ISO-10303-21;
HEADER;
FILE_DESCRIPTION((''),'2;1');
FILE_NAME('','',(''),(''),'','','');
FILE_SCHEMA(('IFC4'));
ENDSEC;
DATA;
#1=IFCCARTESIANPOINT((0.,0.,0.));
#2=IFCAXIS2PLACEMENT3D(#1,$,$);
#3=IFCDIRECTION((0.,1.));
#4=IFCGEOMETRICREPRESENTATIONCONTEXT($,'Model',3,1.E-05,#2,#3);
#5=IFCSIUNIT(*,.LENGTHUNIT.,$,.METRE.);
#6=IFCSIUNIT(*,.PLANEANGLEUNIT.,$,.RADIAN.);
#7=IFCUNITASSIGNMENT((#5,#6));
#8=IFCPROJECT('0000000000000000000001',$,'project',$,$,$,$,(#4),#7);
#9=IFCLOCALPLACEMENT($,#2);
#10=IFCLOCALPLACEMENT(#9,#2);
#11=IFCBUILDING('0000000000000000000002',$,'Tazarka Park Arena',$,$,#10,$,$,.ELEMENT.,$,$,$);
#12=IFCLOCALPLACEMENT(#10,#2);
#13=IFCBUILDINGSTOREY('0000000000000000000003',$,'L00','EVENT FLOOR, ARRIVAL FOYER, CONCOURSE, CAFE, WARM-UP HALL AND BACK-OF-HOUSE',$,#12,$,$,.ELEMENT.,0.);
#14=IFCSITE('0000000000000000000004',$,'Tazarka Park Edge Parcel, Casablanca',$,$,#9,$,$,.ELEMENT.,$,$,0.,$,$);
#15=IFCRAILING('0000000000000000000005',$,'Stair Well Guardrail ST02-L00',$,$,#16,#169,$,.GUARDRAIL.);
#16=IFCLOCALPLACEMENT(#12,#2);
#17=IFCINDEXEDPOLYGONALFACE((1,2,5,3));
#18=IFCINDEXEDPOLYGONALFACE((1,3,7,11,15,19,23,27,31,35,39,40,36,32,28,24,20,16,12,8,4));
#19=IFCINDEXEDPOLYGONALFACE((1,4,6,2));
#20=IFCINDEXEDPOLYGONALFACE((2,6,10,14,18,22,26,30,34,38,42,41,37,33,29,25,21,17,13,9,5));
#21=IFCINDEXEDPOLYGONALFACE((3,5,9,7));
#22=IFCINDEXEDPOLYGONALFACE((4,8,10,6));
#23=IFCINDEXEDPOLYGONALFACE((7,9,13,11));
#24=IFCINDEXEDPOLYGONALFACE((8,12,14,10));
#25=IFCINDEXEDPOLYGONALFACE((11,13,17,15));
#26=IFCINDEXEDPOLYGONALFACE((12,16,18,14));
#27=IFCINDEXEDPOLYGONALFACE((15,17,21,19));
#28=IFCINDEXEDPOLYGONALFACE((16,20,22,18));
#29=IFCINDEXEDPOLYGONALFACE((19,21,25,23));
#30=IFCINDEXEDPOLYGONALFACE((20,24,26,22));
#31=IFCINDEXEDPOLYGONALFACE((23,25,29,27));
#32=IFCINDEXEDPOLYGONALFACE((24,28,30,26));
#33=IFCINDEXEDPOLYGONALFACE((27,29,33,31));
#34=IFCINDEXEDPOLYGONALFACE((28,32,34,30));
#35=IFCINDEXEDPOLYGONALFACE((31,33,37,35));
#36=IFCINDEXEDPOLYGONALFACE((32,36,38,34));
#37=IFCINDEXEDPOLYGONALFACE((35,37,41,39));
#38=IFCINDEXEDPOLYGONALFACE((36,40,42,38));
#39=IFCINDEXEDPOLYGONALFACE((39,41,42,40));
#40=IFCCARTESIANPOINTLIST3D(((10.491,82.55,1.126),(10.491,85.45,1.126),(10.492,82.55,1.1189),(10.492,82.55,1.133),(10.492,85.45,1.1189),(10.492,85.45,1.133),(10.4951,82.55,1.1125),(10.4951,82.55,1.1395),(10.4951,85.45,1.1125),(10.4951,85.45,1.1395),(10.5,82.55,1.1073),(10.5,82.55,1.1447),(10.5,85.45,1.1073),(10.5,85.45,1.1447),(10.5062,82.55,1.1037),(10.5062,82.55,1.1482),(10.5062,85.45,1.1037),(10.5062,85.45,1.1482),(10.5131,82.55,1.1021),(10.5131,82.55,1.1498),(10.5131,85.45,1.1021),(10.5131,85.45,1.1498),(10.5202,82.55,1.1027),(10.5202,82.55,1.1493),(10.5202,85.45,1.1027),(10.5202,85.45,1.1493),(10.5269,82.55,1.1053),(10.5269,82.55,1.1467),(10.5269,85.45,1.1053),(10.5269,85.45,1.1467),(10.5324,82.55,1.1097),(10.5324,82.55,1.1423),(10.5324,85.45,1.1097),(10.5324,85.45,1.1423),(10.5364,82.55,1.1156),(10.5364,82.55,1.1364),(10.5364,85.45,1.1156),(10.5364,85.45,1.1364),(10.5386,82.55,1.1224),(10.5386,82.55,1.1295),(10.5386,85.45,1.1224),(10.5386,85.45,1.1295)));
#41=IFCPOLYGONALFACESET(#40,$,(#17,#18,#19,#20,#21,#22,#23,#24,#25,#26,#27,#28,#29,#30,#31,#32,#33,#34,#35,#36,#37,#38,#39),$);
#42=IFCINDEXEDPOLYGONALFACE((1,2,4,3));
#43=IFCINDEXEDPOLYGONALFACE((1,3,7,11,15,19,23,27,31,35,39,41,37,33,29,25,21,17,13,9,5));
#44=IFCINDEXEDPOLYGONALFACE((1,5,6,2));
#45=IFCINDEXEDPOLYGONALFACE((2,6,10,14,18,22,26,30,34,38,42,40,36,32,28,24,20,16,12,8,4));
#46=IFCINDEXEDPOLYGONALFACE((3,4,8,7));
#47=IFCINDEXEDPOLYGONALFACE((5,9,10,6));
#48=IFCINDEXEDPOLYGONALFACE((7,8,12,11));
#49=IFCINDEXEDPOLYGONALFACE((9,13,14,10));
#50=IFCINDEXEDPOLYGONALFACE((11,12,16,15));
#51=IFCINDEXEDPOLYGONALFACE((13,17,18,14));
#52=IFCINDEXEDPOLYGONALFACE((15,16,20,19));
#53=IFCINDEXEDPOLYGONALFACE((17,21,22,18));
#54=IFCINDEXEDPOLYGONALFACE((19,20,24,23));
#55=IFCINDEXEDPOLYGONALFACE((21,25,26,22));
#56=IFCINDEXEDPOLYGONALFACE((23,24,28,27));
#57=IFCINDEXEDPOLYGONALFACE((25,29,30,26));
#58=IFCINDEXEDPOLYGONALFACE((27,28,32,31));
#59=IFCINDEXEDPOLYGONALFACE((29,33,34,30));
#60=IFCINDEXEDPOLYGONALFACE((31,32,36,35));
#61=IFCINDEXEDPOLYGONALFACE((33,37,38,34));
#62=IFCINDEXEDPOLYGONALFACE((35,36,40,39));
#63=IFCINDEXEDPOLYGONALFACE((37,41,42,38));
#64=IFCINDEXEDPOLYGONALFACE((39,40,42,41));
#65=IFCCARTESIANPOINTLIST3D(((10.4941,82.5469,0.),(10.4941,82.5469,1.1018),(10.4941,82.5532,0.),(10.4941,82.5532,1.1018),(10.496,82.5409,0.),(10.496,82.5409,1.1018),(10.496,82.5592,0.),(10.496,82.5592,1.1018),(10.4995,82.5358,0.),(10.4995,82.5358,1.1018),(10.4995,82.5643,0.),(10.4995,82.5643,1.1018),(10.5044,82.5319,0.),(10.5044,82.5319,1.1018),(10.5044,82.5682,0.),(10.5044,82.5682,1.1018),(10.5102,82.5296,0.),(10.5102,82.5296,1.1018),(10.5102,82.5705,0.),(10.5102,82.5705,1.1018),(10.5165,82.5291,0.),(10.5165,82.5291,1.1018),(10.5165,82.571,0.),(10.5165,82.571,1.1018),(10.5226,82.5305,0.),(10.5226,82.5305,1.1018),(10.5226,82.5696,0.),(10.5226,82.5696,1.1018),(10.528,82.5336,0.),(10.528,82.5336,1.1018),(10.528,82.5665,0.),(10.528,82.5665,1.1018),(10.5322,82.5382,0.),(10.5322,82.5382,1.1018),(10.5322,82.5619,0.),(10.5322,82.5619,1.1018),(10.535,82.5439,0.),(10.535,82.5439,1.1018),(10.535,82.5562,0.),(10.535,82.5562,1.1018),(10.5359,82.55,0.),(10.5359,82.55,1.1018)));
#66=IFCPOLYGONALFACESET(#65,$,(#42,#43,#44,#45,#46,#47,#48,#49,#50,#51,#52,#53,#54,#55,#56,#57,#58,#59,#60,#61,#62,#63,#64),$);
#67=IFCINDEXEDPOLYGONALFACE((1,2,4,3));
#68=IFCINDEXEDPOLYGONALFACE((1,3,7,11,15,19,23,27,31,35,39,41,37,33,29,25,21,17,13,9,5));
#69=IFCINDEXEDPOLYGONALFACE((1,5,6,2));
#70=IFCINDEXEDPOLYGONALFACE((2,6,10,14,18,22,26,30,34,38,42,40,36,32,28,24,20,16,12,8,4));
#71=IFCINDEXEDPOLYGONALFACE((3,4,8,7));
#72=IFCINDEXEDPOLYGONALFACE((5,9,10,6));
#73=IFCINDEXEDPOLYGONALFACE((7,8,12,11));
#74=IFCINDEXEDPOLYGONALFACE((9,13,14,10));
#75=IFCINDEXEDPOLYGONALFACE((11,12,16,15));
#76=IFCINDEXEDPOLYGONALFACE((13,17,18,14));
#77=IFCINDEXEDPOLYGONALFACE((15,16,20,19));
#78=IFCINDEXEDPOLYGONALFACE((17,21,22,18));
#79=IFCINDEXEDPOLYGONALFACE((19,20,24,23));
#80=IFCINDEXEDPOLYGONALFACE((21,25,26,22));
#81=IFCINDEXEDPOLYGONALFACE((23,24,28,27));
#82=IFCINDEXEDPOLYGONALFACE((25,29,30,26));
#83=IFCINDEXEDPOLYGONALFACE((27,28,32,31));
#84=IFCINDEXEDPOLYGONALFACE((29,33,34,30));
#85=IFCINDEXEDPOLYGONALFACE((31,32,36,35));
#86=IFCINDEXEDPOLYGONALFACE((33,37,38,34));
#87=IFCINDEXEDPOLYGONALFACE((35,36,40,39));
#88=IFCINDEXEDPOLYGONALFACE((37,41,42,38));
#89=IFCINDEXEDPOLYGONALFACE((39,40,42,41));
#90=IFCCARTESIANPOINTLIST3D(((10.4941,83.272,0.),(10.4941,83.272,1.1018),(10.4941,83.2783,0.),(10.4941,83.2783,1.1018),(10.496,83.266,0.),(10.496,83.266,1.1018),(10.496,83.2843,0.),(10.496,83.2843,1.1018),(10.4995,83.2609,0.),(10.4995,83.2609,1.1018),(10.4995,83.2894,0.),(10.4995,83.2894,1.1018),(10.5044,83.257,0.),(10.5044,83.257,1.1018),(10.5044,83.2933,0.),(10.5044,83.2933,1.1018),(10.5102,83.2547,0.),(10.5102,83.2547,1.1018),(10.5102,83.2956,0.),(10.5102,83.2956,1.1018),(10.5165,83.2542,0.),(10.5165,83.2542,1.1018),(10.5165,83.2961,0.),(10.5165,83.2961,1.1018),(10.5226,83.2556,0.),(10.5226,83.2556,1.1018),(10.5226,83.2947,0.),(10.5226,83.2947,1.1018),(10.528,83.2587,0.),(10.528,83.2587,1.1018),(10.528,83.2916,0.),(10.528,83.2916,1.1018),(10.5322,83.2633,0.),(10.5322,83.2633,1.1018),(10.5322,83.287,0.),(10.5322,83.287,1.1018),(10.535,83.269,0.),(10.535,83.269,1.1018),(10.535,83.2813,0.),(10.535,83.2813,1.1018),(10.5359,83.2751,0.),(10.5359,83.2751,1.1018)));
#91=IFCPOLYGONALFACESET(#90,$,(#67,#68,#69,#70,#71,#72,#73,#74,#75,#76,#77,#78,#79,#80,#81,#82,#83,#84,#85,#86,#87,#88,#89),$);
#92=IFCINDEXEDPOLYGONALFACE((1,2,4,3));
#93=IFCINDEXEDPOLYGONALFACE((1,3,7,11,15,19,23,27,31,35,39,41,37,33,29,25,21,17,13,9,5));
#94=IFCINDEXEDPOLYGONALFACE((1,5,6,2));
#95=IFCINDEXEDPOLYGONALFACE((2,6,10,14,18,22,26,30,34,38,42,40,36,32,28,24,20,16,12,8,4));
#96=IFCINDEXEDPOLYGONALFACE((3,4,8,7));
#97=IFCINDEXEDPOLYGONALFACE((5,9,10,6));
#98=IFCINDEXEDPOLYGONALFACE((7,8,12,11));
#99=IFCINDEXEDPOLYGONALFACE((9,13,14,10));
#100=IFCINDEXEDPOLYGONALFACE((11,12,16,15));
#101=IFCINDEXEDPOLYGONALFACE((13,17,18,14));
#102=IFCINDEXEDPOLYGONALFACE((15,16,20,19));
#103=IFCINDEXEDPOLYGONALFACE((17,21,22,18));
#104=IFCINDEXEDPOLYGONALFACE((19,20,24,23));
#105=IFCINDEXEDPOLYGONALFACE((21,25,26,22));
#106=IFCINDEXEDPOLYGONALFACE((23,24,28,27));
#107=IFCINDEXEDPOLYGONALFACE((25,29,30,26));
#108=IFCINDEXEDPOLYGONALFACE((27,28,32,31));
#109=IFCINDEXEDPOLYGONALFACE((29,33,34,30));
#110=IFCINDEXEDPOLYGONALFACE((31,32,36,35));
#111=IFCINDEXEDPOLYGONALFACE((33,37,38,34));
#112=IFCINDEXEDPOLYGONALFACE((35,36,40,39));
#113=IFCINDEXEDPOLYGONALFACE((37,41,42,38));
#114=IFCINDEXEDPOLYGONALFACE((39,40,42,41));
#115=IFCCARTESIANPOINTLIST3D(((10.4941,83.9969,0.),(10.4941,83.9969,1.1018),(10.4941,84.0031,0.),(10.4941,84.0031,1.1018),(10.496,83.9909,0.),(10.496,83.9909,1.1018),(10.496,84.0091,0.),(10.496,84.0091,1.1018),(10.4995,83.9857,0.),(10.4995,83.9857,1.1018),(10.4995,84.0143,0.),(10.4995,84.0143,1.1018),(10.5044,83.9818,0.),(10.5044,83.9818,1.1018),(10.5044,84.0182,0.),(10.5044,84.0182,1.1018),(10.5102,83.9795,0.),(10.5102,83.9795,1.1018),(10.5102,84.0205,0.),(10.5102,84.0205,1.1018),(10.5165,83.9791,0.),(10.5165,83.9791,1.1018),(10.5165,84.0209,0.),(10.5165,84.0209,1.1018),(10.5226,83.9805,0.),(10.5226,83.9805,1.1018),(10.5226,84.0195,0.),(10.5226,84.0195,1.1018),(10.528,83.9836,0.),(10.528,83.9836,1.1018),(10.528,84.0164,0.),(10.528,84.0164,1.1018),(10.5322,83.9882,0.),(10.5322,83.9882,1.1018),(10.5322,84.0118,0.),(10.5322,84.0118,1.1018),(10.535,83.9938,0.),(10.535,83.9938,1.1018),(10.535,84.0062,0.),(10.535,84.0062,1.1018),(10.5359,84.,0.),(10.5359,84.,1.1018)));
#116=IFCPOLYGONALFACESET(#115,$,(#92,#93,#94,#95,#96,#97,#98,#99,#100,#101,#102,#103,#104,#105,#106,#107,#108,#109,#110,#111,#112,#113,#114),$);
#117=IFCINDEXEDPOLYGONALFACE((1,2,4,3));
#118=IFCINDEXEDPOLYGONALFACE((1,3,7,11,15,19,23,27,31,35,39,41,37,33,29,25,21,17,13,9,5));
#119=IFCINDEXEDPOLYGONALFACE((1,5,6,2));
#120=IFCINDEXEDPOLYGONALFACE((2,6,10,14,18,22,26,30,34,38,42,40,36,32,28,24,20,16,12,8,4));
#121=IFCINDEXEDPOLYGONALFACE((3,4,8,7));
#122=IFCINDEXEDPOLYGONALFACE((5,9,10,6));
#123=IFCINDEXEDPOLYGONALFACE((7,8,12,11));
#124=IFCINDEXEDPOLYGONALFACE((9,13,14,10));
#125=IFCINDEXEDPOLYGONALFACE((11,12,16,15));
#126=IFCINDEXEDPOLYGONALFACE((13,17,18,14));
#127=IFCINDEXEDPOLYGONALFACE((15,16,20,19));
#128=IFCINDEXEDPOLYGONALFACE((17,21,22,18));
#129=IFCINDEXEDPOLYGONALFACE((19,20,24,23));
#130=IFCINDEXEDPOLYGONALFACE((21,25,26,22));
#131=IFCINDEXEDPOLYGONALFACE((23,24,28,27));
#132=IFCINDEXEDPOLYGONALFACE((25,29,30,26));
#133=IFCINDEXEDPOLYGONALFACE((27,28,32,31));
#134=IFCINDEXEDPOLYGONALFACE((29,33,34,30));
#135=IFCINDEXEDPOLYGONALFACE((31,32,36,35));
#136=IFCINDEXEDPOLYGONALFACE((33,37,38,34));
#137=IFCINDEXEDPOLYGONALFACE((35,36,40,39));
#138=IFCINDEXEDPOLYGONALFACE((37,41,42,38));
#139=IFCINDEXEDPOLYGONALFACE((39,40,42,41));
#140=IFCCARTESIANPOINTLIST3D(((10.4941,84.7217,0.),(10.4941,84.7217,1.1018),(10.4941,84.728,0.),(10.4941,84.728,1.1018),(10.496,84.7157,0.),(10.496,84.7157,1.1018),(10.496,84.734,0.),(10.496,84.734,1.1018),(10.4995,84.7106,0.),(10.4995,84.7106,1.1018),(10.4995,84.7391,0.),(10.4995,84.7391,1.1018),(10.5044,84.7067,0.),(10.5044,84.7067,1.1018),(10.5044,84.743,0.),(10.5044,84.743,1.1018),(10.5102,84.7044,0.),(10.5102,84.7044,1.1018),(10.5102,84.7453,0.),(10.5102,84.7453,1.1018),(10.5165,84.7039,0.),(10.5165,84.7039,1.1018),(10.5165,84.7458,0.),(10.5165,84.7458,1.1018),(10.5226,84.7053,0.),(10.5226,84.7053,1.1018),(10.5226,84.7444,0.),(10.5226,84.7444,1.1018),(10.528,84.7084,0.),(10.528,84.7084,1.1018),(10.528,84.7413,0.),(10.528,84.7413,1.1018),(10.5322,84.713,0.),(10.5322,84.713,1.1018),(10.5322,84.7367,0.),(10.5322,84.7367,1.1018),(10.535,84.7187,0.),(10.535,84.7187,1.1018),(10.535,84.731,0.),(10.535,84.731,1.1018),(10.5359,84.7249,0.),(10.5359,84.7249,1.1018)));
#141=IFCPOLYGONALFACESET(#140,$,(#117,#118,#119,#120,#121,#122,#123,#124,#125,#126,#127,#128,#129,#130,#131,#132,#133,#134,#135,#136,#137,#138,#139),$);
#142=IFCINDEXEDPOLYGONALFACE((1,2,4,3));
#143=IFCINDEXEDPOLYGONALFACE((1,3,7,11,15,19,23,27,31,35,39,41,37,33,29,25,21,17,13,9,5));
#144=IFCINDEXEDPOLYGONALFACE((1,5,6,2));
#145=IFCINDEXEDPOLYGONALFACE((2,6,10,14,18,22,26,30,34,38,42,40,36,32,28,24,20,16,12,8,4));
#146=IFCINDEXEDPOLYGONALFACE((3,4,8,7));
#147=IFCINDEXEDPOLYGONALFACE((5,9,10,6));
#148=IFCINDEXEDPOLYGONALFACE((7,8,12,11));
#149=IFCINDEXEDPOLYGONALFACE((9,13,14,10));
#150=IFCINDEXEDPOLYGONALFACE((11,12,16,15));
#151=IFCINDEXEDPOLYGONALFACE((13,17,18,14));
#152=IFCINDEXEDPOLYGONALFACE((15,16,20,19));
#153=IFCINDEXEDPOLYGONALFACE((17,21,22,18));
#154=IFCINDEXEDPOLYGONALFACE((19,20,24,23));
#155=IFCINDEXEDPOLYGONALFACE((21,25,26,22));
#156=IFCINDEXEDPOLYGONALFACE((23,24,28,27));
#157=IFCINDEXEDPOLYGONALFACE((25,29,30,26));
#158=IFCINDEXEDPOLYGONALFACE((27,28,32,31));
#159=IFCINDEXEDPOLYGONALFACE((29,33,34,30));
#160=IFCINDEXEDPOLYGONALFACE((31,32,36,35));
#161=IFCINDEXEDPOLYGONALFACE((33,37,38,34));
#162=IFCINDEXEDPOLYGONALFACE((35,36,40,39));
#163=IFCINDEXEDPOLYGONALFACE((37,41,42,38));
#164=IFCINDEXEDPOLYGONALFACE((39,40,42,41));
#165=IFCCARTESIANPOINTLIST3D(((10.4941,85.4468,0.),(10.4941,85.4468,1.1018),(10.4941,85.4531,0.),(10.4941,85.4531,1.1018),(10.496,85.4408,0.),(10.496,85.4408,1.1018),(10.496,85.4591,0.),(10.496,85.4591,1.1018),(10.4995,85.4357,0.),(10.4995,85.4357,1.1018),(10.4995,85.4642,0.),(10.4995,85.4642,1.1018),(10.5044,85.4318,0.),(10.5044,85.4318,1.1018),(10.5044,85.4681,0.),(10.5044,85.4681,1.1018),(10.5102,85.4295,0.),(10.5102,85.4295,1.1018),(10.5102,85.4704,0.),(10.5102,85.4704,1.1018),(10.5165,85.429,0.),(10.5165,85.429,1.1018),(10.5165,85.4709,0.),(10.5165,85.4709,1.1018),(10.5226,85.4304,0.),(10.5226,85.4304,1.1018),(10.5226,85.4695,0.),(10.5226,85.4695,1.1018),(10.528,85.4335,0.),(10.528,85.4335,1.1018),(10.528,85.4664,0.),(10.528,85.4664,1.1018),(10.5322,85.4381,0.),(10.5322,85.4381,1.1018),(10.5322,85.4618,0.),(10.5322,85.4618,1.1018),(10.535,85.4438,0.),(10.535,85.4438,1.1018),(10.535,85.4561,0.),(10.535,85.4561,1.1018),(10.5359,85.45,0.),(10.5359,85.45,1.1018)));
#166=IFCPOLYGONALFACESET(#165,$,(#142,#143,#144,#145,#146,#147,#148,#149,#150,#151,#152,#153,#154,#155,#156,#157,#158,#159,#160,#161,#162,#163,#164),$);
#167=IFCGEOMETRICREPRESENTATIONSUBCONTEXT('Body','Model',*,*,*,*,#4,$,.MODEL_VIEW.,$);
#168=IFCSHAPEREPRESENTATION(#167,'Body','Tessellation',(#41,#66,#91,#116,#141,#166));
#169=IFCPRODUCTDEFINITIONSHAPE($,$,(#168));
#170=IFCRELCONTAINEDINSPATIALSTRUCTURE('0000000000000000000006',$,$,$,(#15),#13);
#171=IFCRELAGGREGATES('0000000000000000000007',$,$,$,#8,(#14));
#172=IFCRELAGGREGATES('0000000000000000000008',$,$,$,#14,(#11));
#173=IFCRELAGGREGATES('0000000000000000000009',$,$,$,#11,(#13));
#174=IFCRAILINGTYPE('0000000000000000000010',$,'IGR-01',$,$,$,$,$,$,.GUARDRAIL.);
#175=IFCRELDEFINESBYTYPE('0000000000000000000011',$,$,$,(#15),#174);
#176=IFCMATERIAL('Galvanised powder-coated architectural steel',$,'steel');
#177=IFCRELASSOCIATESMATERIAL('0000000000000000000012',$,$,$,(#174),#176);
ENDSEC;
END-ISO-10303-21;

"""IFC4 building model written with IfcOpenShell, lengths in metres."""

from ifc_helpers import new_model, si_unit, direction, frame, origin, origin_2d, place, context, subcontext, project, spatial, circle, extrude, material, type_object, element, save


model = new_model("IFC4")

# Units and contexts
model_context = context("Model", 3, precision=1e-05, world=origin(), true_north=direction((0.0, 1.0)))
body_context = subcontext(model_context, "Body", "Model", "MODEL_VIEW")
ifc_project = project(units=[si_unit("LENGTHUNIT", "METRE"), si_unit("PLANEANGLEUNIT", "RADIAN")], contexts=[model_context])

# Site, building, storey
site_placement = place(None, origin())
site = spatial("IfcSite", under=ifc_project, at=site_placement, Name="Tazarka Park Edge Parcel, Casablanca", CompositionType="ELEMENT", RefElevation=0.0)
building_placement = place(site_placement, origin())
building = spatial("IfcBuilding", under=site, at=building_placement, Name="Tazarka Park Arena", CompositionType="ELEMENT")
storey_placement = place(building_placement, origin())
storey = spatial("IfcBuildingStorey", under=building, at=storey_placement, Name="L00", Description="EVENT FLOOR, ARRIVAL FOYER, CONCOURSE, CAFE, WARM-UP HALL AND BACK-OF-HOUSE", CompositionType="ELEMENT", Elevation=0.0)

# Railing
ifc_material_1 = material(Name="Galvanised powder-coated architectural steel", Category="steel")
railing_type_1 = type_object("IfcRailingType", Name="IGR-01", PredefinedType="GUARDRAIL", material=ifc_material_1)
for number, where, name in (
    (1, (10.5149, 82.55, 0.0), "Stair Well Guardrail ST02-L00"),
):
    element("IfcRailing", number, at=place(storey_placement, frame(where)), inside=storey, type_object=railing_type_1, Name=name, PredefinedType="GUARDRAIL", context=body_context, shape_type="SweptSolid", body=[
        extrude(circle(Radius=0.0239, at=origin_2d()), frame((0.0, 0.0, 1.126), z_axis=(0.0, 1.0, 0.0), x_axis=(-1.0, 0.0, 0.0)), (0.0, 0.0, 1.0), 2.8999),
        extrude(circle(Radius=0.021, at=origin_2d()), origin(), (0.0, 0.0, 1.0), 1.1018),
        extrude(circle(Radius=0.021, at=origin_2d()), frame((0.0, 0.7251, 0.0)), (0.0, 0.0, 1.0), 1.1018),
        extrude(circle(Radius=0.021, at=origin_2d()), frame((0.0, 1.45, 0.0)), (0.0, 0.0, 1.0), 1.1018),
        extrude(circle(Radius=0.021, at=origin_2d()), frame((0.0, 2.1748, 0.0)), (0.0, 0.0, 1.0), 1.1018),
        extrude(circle(Radius=0.021, at=origin_2d()), frame((0.0, 2.8999, 0.0)), (0.0, 0.0, 1.0), 1.1018),
    ])

save(model, "model.ifc")
